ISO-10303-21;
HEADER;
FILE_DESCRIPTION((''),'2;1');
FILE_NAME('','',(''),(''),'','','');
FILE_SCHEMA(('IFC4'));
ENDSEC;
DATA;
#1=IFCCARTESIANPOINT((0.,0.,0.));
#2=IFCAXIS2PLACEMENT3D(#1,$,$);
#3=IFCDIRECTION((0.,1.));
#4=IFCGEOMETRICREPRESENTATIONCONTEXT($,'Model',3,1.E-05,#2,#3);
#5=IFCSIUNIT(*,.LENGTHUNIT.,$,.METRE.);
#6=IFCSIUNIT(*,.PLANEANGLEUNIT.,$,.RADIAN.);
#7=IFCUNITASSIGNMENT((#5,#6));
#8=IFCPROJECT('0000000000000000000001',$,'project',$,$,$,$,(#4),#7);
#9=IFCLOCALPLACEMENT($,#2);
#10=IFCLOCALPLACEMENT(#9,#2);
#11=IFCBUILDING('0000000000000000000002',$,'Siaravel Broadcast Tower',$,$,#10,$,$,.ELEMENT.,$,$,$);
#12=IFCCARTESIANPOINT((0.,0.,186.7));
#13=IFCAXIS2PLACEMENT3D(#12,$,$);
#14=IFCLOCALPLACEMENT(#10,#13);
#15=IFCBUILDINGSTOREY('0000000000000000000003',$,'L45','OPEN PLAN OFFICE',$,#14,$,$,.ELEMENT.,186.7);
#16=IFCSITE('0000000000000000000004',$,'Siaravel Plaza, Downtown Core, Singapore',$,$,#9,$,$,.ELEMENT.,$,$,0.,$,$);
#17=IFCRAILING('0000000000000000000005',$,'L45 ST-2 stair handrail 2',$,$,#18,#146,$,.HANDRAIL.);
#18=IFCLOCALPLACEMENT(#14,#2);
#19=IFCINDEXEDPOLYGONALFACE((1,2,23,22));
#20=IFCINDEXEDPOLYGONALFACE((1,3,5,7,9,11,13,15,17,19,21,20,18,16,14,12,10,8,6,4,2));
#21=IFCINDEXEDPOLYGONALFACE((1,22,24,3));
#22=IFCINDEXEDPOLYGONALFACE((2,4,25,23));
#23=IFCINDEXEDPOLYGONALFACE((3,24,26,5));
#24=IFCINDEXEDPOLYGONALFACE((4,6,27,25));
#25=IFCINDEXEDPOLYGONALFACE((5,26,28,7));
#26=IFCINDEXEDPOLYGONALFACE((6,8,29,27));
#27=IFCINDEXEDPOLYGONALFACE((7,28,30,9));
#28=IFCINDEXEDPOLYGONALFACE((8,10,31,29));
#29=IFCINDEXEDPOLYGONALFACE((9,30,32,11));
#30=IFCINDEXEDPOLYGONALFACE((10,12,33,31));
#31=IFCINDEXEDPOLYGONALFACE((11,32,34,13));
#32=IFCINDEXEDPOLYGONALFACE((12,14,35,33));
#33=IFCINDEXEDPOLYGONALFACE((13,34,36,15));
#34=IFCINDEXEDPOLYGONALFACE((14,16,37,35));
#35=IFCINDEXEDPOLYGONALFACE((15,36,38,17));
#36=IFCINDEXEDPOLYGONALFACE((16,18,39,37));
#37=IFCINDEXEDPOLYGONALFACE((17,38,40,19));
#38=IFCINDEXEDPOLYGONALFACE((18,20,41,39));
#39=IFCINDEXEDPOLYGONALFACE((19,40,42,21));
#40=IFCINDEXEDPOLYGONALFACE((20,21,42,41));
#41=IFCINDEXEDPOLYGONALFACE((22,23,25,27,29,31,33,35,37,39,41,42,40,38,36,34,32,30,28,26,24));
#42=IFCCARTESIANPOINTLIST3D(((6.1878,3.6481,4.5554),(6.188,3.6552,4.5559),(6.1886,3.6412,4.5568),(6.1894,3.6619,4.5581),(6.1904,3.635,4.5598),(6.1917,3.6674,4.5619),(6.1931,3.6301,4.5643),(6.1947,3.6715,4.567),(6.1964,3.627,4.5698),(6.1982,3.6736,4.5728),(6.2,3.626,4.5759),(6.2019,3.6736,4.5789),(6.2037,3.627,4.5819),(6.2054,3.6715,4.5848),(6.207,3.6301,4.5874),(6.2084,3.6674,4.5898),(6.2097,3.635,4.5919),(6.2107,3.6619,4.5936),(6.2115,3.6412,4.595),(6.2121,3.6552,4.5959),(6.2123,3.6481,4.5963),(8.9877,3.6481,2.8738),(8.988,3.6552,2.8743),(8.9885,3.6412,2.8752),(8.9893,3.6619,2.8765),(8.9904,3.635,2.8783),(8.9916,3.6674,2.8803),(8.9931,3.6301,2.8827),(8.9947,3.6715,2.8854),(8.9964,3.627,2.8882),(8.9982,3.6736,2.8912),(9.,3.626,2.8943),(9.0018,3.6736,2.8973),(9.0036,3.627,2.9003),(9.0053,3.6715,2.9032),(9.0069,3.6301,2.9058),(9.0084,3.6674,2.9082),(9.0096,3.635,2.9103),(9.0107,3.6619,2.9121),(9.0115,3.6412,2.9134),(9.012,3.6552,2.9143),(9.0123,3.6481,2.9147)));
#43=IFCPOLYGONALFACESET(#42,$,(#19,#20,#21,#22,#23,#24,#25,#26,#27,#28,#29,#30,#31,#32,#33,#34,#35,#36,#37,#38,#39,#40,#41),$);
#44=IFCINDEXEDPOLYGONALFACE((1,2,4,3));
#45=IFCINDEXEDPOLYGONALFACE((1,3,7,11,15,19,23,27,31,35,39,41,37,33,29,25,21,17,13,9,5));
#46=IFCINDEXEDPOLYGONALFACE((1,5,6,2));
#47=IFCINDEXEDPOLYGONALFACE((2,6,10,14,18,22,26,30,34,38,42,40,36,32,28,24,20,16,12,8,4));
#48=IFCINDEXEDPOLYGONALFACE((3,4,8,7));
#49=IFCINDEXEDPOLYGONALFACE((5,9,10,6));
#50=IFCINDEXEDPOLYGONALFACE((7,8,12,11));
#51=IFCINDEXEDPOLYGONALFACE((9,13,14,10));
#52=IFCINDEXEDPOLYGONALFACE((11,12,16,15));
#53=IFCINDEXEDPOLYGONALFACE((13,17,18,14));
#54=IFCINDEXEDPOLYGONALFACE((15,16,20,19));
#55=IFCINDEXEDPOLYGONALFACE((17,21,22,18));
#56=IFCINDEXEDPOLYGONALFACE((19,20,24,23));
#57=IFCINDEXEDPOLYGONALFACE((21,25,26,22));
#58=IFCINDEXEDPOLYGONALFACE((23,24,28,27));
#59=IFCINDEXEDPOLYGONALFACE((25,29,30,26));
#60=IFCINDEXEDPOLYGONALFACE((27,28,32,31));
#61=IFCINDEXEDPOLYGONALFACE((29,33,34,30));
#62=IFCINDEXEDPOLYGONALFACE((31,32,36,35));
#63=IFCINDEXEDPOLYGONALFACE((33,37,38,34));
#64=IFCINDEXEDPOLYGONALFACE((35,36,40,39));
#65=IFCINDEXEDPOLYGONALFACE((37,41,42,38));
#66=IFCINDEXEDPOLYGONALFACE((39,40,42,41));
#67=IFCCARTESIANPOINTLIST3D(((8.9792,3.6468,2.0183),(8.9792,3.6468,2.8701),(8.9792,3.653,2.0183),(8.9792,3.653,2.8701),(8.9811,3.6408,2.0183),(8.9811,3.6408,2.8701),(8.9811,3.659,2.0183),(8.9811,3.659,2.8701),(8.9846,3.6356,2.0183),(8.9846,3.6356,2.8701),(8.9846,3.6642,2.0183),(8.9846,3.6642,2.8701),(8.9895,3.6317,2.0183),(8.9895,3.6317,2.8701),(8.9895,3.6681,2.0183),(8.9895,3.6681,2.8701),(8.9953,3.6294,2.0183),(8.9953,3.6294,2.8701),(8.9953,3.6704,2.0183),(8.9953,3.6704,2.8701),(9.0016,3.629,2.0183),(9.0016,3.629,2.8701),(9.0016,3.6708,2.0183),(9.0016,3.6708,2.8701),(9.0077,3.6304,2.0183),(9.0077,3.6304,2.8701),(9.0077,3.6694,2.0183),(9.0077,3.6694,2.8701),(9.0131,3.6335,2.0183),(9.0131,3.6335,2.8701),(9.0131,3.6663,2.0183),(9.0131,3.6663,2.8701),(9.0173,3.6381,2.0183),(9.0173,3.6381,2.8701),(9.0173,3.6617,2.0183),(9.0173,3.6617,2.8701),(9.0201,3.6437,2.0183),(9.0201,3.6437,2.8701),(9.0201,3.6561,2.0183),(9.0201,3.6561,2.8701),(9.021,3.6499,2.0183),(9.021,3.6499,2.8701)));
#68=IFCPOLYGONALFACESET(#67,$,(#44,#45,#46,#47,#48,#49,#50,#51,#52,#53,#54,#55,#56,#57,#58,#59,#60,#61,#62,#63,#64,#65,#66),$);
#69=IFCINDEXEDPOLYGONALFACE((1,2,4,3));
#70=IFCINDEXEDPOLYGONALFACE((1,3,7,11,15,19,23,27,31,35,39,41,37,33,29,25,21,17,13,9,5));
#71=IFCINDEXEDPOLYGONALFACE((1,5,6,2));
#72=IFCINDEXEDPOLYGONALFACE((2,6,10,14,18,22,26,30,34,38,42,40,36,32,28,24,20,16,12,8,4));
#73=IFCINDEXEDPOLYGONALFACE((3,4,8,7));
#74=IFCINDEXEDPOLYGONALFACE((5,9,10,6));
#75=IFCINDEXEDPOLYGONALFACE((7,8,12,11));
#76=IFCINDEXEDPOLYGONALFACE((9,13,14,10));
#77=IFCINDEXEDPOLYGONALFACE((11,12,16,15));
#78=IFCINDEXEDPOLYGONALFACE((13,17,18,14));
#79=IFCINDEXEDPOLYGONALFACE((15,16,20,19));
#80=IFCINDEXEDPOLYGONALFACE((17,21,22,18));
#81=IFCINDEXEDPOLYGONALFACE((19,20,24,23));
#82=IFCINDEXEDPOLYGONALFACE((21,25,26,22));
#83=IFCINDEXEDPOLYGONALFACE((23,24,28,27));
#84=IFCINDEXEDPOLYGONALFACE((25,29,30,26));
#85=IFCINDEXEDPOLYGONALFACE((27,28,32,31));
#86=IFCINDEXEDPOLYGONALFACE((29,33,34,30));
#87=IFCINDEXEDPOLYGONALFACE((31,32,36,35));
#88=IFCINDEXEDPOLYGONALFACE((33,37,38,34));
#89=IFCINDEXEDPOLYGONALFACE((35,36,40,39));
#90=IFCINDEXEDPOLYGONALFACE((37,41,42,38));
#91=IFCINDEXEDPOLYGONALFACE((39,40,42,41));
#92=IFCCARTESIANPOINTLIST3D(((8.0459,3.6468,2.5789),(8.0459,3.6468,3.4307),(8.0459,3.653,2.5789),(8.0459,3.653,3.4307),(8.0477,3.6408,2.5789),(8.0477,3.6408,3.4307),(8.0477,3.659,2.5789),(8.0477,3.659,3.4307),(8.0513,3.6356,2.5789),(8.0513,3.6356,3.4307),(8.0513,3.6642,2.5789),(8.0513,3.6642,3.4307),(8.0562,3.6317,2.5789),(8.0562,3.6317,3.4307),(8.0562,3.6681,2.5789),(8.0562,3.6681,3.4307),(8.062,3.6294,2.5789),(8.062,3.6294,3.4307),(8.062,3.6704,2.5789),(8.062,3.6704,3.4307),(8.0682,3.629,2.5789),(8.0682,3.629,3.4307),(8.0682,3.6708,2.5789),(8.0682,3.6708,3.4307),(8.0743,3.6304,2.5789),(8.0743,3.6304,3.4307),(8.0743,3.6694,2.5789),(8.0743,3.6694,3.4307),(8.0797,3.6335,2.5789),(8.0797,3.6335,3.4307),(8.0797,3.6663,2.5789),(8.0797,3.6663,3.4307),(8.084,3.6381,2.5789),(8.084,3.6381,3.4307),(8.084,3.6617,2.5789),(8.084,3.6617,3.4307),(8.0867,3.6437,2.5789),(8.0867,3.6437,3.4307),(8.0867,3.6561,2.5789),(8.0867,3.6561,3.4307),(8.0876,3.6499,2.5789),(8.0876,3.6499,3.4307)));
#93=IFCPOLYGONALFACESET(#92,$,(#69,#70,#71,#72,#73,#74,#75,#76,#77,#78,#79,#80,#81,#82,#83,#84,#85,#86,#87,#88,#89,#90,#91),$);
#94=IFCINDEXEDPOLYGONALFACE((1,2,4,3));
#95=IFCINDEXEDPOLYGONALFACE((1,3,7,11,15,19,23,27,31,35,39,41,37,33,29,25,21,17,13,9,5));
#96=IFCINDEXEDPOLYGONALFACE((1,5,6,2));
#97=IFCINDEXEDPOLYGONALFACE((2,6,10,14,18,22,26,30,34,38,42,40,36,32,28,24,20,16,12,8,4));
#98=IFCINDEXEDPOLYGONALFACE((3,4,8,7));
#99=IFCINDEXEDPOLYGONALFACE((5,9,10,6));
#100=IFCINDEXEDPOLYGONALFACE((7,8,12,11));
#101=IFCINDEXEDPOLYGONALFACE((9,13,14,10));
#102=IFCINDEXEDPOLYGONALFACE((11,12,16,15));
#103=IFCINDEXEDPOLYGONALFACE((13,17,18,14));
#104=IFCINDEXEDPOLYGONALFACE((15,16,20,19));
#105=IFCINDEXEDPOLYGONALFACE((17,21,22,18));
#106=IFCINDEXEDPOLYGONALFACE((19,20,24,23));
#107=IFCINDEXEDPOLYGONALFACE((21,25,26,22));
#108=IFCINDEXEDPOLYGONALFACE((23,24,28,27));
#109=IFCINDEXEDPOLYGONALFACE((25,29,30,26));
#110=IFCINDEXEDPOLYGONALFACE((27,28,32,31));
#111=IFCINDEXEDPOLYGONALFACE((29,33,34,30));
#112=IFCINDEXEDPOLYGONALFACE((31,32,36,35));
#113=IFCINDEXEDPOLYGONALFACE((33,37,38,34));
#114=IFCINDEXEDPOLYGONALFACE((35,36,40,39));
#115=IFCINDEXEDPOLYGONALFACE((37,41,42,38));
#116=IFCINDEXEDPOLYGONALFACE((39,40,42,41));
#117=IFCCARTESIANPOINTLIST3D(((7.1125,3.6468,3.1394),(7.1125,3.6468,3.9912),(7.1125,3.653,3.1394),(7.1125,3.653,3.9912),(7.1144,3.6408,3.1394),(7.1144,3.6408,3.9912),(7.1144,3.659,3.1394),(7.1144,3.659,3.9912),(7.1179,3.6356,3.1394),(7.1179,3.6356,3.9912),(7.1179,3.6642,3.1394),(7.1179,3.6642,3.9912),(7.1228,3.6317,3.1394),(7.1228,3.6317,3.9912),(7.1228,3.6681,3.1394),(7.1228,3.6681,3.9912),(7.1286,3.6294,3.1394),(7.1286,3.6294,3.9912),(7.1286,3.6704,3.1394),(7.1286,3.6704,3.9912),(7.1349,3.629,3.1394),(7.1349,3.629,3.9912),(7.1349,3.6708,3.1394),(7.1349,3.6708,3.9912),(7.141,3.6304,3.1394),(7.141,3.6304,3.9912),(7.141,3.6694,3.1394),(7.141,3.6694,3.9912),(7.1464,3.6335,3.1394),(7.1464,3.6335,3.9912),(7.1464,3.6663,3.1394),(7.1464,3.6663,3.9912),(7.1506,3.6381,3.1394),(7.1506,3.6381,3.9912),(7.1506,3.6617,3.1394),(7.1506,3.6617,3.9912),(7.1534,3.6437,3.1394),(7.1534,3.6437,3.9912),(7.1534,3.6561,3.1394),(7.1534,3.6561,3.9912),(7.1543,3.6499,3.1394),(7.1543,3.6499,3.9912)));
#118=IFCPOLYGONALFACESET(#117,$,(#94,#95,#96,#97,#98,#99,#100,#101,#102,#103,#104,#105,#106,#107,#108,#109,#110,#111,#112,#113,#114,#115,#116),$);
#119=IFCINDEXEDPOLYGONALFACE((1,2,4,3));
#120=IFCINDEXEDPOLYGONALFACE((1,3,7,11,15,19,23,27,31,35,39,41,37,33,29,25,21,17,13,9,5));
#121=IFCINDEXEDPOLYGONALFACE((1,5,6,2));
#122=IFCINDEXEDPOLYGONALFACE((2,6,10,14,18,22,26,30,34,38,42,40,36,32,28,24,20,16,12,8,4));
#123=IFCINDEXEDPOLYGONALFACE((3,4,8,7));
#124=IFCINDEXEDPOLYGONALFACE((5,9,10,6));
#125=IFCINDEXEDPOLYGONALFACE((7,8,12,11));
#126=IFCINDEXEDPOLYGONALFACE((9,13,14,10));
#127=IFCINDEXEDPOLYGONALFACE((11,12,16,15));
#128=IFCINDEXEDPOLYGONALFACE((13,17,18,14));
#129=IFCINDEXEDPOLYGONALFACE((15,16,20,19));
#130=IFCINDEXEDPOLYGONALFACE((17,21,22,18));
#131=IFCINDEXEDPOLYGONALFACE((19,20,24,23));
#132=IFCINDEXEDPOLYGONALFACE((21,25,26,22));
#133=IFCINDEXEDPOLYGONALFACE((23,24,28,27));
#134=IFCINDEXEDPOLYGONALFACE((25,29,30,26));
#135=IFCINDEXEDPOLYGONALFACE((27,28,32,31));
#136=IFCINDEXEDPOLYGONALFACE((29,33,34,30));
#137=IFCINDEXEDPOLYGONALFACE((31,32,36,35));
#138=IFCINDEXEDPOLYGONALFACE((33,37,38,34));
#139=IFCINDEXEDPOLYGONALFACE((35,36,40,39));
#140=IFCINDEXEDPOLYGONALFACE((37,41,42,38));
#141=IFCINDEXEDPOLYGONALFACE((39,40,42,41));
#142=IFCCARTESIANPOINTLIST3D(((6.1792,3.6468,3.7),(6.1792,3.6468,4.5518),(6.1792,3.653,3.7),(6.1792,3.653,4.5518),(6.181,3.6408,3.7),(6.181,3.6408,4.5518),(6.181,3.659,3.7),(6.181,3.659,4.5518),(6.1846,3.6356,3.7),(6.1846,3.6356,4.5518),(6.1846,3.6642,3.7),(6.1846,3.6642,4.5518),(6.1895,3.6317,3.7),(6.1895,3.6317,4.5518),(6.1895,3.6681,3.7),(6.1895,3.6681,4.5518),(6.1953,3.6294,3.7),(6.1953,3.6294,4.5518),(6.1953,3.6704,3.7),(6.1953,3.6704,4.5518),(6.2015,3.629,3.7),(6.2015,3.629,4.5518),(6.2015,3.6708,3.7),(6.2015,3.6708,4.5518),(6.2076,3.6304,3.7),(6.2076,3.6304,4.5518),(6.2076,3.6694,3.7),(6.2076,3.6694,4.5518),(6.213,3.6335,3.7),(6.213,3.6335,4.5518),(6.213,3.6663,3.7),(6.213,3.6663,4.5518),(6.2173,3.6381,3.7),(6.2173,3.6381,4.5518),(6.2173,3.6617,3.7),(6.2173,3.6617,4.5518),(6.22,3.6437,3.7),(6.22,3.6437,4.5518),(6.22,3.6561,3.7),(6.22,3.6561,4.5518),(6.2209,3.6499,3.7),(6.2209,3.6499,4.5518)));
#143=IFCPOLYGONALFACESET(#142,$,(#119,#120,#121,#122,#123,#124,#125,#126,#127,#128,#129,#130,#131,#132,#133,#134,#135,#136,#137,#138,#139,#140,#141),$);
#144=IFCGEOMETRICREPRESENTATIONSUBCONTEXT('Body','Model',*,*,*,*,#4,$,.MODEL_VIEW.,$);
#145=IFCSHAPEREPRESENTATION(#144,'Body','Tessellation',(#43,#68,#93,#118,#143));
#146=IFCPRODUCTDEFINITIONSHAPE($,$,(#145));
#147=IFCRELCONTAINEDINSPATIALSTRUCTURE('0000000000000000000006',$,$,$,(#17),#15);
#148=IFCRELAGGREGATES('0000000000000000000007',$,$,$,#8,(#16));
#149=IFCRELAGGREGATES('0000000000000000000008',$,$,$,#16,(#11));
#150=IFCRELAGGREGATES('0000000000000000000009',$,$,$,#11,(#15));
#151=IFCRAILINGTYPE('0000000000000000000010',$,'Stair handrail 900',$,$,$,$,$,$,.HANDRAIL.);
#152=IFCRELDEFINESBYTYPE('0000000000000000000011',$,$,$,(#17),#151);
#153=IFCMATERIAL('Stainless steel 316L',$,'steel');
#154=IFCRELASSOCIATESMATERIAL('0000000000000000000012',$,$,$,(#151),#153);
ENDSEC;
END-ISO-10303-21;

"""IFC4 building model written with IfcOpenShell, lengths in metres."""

from ifc_helpers import new_model, si_unit, direction, frame, origin, origin_2d, place, context, subcontext, project, spatial, circle, extrude, material, type_object, element, save


model = new_model("IFC4")

# Units and contexts
model_context = context("Model", 3, precision=1e-05, world=origin(), true_north=direction((0.0, 1.0)))
body_context = subcontext(model_context, "Body", "Model", "MODEL_VIEW")
ifc_project = project(units=[si_unit("LENGTHUNIT", "METRE"), si_unit("PLANEANGLEUNIT", "RADIAN")], contexts=[model_context])

# Site, building, storey
site_placement = place(None, origin())
site = spatial("IfcSite", under=ifc_project, at=site_placement, Name="Siaravel Plaza, Downtown Core, Singapore", CompositionType="ELEMENT", RefElevation=0.0)
building_placement = place(site_placement, origin())
building = spatial("IfcBuilding", under=site, at=building_placement, Name="Siaravel Broadcast Tower", CompositionType="ELEMENT")
storey_placement = place(building_placement, frame((0.0, 0.0, 186.7)))
storey = spatial("IfcBuildingStorey", under=building, at=storey_placement, Name="L45", Description="OPEN PLAN OFFICE", CompositionType="ELEMENT", Elevation=186.7)

# Railing
ifc_material_1 = material(Name="Stainless steel 316L", Category="steel")
railing_type_1 = type_object("IfcRailingType", Name="Stair handrail 900", PredefinedType="HANDRAIL", material=ifc_material_1)
railing_1_placement = place(storey_placement, frame((9.0, 3.6499, 2.0183)))
element("IfcRailing", 1, at=railing_1_placement, inside=storey, type_object=railing_type_1, Name="L45 ST-2 stair handrail 2", PredefinedType="HANDRAIL", context=body_context, shape_type="SweptSolid", body=[
    extrude(circle(Radius=0.0239, at=origin_2d()), frame((0.0, 0.0, 0.876), z_axis=(-0.857275, 0.0, 0.514858), x_axis=(0.0, -1.0, 0.0)), (0.0, 0.0, 1.0), 3.2661),
    extrude(circle(Radius=0.021, at=origin_2d()), origin(), (0.0, 0.0, 1.0), 0.8518),
    extrude(circle(Radius=0.021, at=origin_2d()), frame((-0.9333, 0.0, 0.5605)), (0.0, 0.0, 1.0), 0.8518),
    extrude(circle(Radius=0.021, at=origin_2d()), frame((-1.8667, 0.0, 1.1211)), (0.0, 0.0, 1.0), 0.8518),
    extrude(circle(Radius=0.021, at=origin_2d()), frame((-2.8, 0.0, 1.6816)), (0.0, 0.0, 1.0), 0.8518),
])

save(model, "model.ifc")
